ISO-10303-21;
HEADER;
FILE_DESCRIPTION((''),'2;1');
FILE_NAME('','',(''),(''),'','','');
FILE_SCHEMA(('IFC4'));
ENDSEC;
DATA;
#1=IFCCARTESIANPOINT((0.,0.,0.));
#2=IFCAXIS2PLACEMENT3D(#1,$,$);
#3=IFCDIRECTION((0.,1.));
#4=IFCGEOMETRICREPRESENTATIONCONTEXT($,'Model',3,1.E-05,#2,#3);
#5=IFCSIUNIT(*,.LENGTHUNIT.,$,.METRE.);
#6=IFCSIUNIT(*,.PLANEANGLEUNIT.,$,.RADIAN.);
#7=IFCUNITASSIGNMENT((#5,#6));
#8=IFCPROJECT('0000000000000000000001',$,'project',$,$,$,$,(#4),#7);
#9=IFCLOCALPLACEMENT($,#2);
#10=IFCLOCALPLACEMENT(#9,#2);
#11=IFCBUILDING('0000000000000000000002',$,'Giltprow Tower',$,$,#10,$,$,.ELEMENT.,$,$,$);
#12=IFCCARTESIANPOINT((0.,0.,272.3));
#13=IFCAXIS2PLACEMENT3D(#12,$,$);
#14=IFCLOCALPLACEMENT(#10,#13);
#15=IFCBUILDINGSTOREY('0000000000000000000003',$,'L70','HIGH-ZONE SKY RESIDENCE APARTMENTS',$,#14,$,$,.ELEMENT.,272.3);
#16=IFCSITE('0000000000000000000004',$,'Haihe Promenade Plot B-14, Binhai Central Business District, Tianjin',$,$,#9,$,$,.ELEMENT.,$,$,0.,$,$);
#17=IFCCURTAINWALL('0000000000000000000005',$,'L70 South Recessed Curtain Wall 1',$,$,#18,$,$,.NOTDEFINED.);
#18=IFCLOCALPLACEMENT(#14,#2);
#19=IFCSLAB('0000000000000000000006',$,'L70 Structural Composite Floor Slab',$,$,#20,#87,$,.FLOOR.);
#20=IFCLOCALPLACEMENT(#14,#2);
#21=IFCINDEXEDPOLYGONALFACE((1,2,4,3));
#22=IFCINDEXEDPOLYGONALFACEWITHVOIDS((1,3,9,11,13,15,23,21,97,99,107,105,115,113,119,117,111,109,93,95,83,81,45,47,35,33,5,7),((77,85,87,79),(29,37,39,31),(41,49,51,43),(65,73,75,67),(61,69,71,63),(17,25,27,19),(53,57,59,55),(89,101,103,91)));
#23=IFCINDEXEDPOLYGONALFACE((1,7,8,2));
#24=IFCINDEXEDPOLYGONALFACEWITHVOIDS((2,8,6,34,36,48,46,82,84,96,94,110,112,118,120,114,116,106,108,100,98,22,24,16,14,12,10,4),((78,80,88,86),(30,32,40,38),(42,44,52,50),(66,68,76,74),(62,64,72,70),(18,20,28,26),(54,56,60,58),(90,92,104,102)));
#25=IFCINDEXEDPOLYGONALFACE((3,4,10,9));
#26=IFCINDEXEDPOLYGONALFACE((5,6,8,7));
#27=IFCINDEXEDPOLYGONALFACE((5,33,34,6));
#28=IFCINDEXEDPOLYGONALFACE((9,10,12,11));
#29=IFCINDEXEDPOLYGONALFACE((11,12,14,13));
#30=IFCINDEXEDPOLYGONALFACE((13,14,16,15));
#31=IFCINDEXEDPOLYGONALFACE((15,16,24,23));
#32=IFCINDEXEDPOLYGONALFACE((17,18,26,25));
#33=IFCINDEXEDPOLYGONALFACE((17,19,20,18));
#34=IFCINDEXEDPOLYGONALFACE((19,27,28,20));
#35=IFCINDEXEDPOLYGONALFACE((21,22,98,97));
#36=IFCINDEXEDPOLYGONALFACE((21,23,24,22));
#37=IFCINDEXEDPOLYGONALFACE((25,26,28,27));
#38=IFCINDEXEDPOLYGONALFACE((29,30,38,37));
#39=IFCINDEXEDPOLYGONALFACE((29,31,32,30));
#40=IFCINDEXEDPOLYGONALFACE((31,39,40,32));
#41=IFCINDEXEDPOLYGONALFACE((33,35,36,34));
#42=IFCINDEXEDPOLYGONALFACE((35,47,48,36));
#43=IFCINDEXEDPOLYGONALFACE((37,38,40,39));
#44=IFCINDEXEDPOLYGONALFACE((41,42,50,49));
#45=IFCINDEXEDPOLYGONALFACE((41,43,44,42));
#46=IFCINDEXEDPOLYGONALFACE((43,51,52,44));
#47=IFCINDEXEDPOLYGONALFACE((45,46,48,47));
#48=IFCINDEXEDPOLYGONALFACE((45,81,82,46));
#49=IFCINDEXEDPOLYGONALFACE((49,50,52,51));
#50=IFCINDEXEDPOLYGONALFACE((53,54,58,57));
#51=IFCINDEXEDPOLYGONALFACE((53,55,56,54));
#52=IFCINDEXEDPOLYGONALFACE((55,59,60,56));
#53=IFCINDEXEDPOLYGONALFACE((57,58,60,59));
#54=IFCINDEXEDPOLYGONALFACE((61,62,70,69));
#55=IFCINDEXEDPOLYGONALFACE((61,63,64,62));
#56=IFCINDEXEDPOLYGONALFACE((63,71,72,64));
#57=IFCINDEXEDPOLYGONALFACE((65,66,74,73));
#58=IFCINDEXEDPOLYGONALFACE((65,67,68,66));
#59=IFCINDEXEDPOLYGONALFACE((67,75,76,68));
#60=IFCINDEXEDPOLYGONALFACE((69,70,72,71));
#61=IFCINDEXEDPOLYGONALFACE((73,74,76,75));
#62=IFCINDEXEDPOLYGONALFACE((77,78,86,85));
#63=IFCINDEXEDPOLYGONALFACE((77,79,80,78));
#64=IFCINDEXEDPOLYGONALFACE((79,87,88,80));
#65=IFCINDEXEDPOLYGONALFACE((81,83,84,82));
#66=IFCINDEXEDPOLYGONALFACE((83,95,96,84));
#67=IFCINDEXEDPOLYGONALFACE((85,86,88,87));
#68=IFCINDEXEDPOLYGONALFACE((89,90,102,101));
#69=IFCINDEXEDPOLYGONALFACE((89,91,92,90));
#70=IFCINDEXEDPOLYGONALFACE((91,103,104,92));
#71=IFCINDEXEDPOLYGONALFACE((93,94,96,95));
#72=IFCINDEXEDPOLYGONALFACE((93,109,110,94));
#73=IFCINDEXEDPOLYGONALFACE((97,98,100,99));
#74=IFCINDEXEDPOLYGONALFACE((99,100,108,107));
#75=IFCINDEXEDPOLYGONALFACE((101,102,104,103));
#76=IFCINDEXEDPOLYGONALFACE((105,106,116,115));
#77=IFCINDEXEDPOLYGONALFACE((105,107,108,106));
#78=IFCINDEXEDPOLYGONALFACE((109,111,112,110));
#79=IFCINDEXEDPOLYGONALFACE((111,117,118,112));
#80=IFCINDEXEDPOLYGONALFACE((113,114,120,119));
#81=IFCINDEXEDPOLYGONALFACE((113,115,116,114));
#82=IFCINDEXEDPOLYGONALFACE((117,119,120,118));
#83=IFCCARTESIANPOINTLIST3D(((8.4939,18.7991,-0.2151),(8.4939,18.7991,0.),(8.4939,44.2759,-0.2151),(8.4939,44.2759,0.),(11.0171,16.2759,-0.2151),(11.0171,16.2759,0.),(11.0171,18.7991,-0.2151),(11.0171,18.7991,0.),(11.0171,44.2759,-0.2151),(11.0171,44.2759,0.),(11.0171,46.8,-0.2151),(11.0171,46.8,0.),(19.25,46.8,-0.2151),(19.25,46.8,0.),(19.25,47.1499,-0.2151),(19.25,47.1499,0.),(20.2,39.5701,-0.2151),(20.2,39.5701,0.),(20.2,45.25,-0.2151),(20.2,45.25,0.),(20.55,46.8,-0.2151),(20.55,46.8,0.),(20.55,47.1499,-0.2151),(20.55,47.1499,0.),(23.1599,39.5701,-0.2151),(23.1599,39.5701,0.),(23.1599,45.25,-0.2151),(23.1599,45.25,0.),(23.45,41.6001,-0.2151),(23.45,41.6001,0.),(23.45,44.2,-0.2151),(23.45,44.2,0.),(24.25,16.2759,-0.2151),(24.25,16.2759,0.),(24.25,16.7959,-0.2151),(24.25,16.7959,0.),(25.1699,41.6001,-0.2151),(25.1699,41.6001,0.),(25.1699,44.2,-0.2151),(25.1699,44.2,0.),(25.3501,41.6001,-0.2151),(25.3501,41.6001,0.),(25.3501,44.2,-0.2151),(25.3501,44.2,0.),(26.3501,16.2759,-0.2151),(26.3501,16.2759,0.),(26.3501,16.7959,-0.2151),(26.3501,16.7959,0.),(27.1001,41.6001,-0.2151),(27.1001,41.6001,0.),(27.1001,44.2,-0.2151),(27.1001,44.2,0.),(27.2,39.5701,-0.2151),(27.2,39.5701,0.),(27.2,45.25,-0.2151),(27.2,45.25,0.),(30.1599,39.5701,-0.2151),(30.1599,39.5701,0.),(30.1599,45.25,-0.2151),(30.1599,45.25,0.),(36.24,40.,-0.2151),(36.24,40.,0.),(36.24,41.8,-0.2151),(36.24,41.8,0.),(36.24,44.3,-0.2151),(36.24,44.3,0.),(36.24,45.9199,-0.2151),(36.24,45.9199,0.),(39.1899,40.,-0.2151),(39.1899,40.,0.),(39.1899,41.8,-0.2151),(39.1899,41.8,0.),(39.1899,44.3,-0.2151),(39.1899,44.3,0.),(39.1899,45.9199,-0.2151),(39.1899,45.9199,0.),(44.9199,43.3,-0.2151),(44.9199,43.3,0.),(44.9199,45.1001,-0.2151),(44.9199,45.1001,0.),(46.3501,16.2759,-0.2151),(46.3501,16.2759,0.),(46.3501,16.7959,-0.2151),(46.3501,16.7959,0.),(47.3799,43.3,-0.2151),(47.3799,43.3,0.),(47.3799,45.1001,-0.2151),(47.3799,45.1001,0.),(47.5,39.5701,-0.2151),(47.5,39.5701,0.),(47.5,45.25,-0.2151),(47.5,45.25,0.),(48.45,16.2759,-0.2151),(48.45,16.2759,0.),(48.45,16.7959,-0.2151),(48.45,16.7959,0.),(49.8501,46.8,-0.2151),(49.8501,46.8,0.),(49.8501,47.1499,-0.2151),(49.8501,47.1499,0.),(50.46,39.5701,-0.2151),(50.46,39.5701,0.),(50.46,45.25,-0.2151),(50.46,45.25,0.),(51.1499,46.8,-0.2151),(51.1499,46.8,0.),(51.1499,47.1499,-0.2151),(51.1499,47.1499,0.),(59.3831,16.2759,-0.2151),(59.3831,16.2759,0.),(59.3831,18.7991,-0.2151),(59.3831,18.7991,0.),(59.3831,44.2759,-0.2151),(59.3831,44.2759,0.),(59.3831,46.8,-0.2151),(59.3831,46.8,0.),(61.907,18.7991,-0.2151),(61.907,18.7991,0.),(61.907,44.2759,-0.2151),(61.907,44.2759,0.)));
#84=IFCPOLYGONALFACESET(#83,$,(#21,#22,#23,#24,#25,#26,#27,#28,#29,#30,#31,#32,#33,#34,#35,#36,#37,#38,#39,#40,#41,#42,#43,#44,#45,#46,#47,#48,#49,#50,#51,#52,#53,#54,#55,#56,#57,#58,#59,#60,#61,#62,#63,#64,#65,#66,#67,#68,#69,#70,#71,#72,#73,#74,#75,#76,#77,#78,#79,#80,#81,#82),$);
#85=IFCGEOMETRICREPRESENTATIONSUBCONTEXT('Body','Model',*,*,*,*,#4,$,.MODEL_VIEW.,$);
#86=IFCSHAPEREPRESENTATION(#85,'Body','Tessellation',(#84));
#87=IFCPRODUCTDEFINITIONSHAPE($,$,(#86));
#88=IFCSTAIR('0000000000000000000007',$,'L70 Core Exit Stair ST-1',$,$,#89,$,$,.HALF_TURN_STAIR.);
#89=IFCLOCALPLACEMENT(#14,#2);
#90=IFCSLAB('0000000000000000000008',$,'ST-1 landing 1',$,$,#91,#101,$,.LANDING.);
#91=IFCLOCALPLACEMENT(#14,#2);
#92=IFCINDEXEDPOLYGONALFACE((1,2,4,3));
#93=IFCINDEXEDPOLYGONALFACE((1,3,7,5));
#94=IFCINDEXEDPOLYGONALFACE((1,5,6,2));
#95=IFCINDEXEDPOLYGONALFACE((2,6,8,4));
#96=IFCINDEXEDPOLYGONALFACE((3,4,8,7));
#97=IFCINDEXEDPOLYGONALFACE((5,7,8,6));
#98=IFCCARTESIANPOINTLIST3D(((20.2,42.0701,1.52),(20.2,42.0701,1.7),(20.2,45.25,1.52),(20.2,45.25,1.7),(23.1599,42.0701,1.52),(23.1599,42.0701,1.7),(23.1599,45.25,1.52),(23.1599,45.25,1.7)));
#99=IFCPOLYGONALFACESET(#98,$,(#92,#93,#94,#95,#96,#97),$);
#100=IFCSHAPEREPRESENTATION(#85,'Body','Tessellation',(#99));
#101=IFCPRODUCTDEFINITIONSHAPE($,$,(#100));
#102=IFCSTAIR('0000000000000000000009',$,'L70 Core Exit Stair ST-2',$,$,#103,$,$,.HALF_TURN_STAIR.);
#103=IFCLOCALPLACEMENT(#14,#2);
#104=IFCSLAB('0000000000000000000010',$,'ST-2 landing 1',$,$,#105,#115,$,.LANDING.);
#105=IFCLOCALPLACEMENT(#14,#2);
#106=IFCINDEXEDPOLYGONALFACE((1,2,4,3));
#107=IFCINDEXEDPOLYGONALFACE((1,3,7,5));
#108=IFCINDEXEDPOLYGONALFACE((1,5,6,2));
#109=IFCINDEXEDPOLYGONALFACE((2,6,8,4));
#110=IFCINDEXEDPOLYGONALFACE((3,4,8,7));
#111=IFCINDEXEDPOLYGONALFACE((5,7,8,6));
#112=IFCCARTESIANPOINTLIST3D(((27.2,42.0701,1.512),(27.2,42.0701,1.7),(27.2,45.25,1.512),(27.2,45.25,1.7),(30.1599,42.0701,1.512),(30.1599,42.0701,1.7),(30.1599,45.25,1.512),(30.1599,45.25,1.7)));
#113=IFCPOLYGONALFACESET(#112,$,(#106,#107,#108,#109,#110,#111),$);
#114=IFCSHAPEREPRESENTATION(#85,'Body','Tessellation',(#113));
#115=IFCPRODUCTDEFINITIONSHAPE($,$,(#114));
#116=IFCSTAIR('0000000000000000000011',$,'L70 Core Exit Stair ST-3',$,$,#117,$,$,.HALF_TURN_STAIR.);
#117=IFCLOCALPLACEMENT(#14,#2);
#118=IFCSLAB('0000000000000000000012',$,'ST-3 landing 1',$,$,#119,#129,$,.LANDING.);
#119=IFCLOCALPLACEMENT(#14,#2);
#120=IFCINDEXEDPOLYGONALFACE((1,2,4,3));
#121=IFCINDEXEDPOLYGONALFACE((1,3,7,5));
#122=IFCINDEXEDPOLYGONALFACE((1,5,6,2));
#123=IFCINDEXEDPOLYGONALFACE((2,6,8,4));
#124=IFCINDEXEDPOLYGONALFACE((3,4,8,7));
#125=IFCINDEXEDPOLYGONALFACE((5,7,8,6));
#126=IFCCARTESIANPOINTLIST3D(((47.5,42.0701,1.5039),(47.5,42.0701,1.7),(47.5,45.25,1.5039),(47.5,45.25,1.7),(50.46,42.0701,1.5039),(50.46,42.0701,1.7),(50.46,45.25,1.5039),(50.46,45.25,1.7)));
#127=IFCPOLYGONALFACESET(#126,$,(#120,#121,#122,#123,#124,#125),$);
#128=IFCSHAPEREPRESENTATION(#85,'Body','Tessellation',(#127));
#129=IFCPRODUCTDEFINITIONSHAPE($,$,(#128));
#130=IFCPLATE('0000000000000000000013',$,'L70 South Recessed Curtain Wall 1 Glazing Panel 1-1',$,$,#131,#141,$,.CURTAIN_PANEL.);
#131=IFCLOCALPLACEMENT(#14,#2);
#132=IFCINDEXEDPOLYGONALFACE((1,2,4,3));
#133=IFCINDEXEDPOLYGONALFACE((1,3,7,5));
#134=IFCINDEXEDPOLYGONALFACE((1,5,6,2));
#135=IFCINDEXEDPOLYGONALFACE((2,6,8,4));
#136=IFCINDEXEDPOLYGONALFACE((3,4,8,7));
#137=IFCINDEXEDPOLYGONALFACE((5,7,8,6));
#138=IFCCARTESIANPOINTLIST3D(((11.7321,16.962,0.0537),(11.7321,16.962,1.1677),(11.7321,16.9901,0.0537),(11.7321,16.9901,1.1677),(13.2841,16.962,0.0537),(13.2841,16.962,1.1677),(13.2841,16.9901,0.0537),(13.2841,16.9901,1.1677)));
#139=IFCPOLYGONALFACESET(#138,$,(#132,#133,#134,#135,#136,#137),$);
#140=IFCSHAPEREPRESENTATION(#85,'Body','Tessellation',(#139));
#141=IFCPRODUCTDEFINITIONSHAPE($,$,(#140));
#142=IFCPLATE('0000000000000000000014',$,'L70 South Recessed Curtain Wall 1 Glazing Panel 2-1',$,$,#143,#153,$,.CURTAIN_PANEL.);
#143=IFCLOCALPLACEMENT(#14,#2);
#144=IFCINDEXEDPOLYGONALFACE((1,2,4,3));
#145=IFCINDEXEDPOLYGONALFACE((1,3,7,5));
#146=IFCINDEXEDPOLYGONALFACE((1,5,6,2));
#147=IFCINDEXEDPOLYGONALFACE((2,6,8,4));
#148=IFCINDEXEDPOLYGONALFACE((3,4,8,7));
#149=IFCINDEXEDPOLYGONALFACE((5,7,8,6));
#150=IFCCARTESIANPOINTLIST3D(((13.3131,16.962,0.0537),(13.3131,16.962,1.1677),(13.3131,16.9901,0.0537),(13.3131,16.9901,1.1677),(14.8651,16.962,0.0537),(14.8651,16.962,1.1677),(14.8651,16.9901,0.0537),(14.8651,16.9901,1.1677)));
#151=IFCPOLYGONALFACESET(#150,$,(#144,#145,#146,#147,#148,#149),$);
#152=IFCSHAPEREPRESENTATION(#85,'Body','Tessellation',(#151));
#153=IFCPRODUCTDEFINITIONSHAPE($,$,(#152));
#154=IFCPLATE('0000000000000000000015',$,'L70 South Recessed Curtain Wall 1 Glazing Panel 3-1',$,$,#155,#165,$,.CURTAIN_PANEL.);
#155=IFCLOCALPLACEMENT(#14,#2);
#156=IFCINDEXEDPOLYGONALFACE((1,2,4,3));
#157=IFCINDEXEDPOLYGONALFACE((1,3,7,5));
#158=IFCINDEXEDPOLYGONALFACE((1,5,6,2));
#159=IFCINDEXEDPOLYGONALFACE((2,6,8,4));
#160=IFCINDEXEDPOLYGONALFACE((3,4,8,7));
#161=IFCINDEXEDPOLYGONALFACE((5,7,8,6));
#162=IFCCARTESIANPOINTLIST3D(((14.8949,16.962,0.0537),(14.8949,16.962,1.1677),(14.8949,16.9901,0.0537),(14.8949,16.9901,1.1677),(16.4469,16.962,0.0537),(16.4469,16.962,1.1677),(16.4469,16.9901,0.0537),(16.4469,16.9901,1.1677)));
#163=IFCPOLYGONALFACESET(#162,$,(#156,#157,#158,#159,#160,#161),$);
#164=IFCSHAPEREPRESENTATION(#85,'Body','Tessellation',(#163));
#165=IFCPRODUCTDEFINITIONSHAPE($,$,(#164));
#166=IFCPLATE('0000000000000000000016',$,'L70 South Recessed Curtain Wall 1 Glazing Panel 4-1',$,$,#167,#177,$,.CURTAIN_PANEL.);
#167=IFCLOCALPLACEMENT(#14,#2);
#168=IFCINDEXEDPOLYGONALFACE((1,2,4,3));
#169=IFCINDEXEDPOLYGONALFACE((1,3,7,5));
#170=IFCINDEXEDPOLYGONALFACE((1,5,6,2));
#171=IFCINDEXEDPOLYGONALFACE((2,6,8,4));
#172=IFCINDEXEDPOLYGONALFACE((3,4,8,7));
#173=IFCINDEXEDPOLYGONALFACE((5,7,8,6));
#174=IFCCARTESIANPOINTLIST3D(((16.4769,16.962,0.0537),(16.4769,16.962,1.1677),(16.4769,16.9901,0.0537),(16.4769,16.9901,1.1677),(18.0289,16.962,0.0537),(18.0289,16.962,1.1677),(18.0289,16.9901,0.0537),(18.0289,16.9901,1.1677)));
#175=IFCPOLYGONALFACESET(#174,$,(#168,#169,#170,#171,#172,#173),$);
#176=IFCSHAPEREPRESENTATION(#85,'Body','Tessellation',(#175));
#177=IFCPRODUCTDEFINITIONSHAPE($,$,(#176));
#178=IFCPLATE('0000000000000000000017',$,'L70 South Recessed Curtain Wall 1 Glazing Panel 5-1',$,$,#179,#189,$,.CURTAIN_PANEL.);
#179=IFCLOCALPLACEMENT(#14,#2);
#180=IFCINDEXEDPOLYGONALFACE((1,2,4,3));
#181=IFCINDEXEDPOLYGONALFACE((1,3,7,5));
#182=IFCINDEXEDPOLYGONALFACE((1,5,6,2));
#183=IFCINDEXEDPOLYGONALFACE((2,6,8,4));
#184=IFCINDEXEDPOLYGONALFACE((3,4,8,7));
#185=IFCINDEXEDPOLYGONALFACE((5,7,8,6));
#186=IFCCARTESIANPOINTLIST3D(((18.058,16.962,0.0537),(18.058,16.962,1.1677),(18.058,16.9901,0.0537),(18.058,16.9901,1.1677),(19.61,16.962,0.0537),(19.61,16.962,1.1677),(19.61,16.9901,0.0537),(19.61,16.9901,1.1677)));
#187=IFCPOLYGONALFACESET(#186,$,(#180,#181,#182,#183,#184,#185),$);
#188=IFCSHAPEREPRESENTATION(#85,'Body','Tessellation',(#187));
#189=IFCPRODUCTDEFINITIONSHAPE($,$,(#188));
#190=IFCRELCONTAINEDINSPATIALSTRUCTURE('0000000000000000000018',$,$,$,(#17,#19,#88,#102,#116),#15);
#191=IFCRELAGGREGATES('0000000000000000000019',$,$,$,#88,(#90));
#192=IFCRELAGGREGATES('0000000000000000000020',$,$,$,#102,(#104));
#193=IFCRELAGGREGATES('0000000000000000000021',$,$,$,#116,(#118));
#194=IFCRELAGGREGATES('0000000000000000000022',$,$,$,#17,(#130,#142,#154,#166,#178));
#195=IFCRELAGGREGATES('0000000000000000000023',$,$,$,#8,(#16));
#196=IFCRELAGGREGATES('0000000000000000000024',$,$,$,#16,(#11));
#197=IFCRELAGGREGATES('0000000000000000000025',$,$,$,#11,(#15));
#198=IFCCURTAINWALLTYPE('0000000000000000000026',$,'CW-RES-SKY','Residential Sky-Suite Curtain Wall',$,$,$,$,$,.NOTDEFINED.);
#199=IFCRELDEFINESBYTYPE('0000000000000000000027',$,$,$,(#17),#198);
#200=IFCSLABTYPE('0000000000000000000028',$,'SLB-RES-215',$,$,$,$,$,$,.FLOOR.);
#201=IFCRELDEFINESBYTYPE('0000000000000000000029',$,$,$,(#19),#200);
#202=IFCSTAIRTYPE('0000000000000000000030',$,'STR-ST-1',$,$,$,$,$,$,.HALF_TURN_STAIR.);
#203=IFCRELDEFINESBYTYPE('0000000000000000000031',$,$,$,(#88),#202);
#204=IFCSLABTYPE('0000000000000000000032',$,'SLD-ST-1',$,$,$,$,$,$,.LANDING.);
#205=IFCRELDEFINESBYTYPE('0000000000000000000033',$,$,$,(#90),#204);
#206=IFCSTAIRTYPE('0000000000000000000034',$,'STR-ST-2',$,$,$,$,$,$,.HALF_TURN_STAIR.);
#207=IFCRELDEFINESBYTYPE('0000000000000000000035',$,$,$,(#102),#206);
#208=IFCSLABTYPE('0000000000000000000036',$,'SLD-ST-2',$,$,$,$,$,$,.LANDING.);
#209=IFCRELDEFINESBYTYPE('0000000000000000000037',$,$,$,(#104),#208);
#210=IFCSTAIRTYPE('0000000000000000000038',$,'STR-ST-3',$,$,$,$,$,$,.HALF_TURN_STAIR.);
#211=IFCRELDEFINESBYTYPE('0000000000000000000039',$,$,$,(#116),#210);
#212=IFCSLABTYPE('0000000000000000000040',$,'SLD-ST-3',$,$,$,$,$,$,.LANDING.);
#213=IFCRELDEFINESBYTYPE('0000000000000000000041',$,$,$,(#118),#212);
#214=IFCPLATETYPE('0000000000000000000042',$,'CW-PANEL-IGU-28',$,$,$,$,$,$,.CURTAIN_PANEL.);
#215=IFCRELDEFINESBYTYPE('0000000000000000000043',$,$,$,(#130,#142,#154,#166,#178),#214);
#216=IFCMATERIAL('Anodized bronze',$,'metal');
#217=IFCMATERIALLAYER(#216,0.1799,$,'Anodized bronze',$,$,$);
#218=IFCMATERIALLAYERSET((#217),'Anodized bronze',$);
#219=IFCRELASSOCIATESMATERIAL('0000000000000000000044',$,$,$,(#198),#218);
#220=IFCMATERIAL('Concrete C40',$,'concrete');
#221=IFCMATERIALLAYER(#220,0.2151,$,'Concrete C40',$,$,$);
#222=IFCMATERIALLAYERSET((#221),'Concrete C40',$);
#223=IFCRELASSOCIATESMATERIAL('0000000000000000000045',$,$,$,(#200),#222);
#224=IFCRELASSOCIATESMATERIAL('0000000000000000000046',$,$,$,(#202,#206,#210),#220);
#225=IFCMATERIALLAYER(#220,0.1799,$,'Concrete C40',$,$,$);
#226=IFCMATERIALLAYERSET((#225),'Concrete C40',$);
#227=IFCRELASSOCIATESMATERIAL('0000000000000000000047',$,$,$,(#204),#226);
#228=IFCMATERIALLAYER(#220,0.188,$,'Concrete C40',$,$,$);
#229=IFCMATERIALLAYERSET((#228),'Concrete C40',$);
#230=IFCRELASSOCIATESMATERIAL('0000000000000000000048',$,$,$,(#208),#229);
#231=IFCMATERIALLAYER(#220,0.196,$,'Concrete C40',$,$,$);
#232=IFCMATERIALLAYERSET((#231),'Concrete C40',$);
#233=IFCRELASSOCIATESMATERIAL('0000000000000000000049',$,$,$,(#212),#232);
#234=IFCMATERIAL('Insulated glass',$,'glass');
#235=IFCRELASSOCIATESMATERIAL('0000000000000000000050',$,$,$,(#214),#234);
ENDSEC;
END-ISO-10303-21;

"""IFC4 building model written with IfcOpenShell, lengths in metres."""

from ifc_helpers import new_model, si_unit, direction, frame, origin, origin_2d, place, context, subcontext, project, spatial, polyline, rectangle, outline, extrude, source, transform, mapped, material, layer, layer_set, type_object, element, aggregate, save


model = new_model("IFC4")

# Units and contexts
model_context = context("Model", 3, precision=1e-05, world=origin(), true_north=direction((0.0, 1.0)))
body_context = subcontext(model_context, "Body", "Model", "MODEL_VIEW")
ifc_project = project(units=[si_unit("LENGTHUNIT", "METRE"), si_unit("PLANEANGLEUNIT", "RADIAN")], contexts=[model_context])

# Site, building, storey
site_placement = place(None, origin())
site = spatial("IfcSite", under=ifc_project, at=site_placement, Name="Haihe Promenade Plot B-14, Binhai Central Business District, Tianjin", CompositionType="ELEMENT", RefElevation=0.0)
building_placement = place(site_placement, origin())
building = spatial("IfcBuilding", under=site, at=building_placement, Name="Giltprow Tower", CompositionType="ELEMENT")
storey_placement = place(building_placement, frame((0.0, 0.0, 272.3)))
storey = spatial("IfcBuildingStorey", under=building, at=storey_placement, Name="L70", Description="HIGH-ZONE SKY RESIDENCE APARTMENTS", CompositionType="ELEMENT", Elevation=272.3)

# Curtain wall
ifc_material_1 = material(Name="Anodized bronze", Category="metal")
ifc_layer_1 = layer(ifc_material_1, 0.1799, Name="Anodized bronze")
ifc_layer_set_1 = layer_set([ifc_layer_1], Name="Anodized bronze")
curtain_wall_type = type_object("IfcCurtainWallType", Name="CW-RES-SKY", Description="Residential Sky-Suite Curtain Wall", PredefinedType="NOTDEFINED", material=ifc_layer_set_1)
curtain_wall_placement = place(storey_placement, origin())
curtain_wall = element("IfcCurtainWall", 1, at=curtain_wall_placement, inside=storey, type_object=curtain_wall_type, Name="L70 South Recessed Curtain Wall 1", PredefinedType="NOTDEFINED")

# Slab
ifc_material_2 = material(Name="Concrete C40", Category="concrete")
ifc_layer_2 = layer(ifc_material_2, 0.2151, Name="Concrete C40")
ifc_layer_set_2 = layer_set([ifc_layer_2], Name="Concrete C40")
slab_type_1 = type_object("IfcSlabType", Name="SLB-RES-215", PredefinedType="FLOOR", material=ifc_layer_set_2)
slab_1_placement = place(storey_placement, frame((0.0, 0.0, -0.2151)))
element("IfcSlab", 2, at=slab_1_placement, inside=storey, type_object=slab_type_1, Name="L70 Structural Composite Floor Slab", PredefinedType="FLOOR", context=body_context, shape_type="SweptSolid", body=[
    extrude(outline(polyline([(61.907, 44.2759), (61.907, 18.7991), (59.3831, 18.7991), (59.3831, 16.2759), (48.45, 16.2759), (48.45, 16.7959), (46.3501, 16.7959), (46.3501, 16.2759), (26.3501, 16.2759), (26.3501, 16.7959), (24.25, 16.7959), (24.25, 16.2759), (11.0171, 16.2759), (11.0171, 18.7991), (8.4939, 18.7991), (8.4939, 44.2759), (11.0171, 44.2759), (11.0171, 46.8), (19.25, 46.8), (19.25, 47.1499), (20.55, 47.1499), (20.55, 46.8), (49.8501, 46.8), (49.8501, 47.1499), (51.1499, 47.1499), (51.1499, 46.8), (59.3831, 46.8), (59.3831, 44.2759), (61.907, 44.2759)]), holes=[polyline([(39.1899, 41.8), (36.24, 41.8), (36.24, 40.0), (39.1899, 40.0), (39.1899, 41.8)]), polyline([(23.1599, 39.5701), (23.1599, 45.25), (20.2, 45.25), (20.2, 39.5701), (23.1599, 39.5701)]), polyline([(30.1599, 39.5701), (30.1599, 45.25), (27.2, 45.25), (27.2, 39.5701), (30.1599, 39.5701)]), polyline([(50.46, 45.25), (47.5, 45.25), (47.5, 39.5701), (50.46, 39.5701), (50.46, 45.25)]), polyline([(25.1699, 44.2), (23.45, 44.2), (23.45, 41.6001), (25.1699, 41.6001), (25.1699, 44.2)]), polyline([(27.1001, 44.2), (25.3501, 44.2), (25.3501, 41.6001), (27.1001, 41.6001), (27.1001, 44.2)]), polyline([(47.3799, 43.3), (47.3799, 45.1001), (44.9199, 45.1001), (44.9199, 43.3), (47.3799, 43.3)]), polyline([(39.1899, 44.3), (39.1899, 45.9199), (36.24, 45.9199), (36.24, 44.3), (39.1899, 44.3)])]), origin(), (0.0, 0.0, 1.0), 0.2151),
])

# Stairs, slabs
stair_type_1 = type_object("IfcStairType", Name="STR-ST-1", PredefinedType="HALF_TURN_STAIR", material=ifc_material_2)
stair_1_placement = place(storey_placement, origin())
stair_1 = element("IfcStair", 3, at=stair_1_placement, inside=storey, type_object=stair_type_1, Name="L70 Core Exit Stair ST-1", PredefinedType="HALF_TURN_STAIR")
ifc_layer_3 = layer(ifc_material_2, 0.1799, Name="Concrete C40")
ifc_layer_set_3 = layer_set([ifc_layer_3], Name="Concrete C40")
slab_type_2 = type_object("IfcSlabType", Name="SLD-ST-1", PredefinedType="LANDING", material=ifc_layer_set_3)
slab_2_placement = place(storey_placement, frame((0.0, 0.0, 1.52)))
slab_2 = element("IfcSlab", 4, at=slab_2_placement, type_object=slab_type_2, Name="ST-1 landing 1", PredefinedType="LANDING", context=body_context, shape_type="SweptSolid", body=[
    extrude(outline(polyline([(23.1599, 42.0701), (23.1599, 45.25), (20.2, 45.25), (20.2, 42.0701), (23.1599, 42.0701)])), origin(), (0.0, 0.0, 1.0), 0.1799),
])
aggregate(stair_1, [slab_2])
stair_type_2 = type_object("IfcStairType", Name="STR-ST-2", PredefinedType="HALF_TURN_STAIR", material=ifc_material_2)
stair_2_placement = place(storey_placement, origin())
stair_2 = element("IfcStair", 5, at=stair_2_placement, inside=storey, type_object=stair_type_2, Name="L70 Core Exit Stair ST-2", PredefinedType="HALF_TURN_STAIR")
ifc_layer_4 = layer(ifc_material_2, 0.188, Name="Concrete C40")
ifc_layer_set_4 = layer_set([ifc_layer_4], Name="Concrete C40")
slab_type_3 = type_object("IfcSlabType", Name="SLD-ST-2", PredefinedType="LANDING", material=ifc_layer_set_4)
slab_3_placement = place(storey_placement, frame((0.0, 0.0, 1.512)))
slab_3 = element("IfcSlab", 6, at=slab_3_placement, type_object=slab_type_3, Name="ST-2 landing 1", PredefinedType="LANDING", context=body_context, shape_type="SweptSolid", body=[
    extrude(outline(polyline([(30.1599, 42.0701), (30.1599, 45.25), (27.2, 45.25), (27.2, 42.0701), (30.1599, 42.0701)])), origin(), (0.0, 0.0, 1.0), 0.188),
])
aggregate(stair_2, [slab_3])
stair_type_3 = type_object("IfcStairType", Name="STR-ST-3", PredefinedType="HALF_TURN_STAIR", material=ifc_material_2)
stair_3_placement = place(storey_placement, origin())
stair_3 = element("IfcStair", 7, at=stair_3_placement, inside=storey, type_object=stair_type_3, Name="L70 Core Exit Stair ST-3", PredefinedType="HALF_TURN_STAIR")
ifc_layer_5 = layer(ifc_material_2, 0.196, Name="Concrete C40")
ifc_layer_set_5 = layer_set([ifc_layer_5], Name="Concrete C40")
slab_type_4 = type_object("IfcSlabType", Name="SLD-ST-3", PredefinedType="LANDING", material=ifc_layer_set_5)
slab_4_placement = place(storey_placement, frame((0.0, 0.0, 1.5039)))
slab_4 = element("IfcSlab", 8, at=slab_4_placement, type_object=slab_type_4, Name="ST-3 landing 1", PredefinedType="LANDING", context=body_context, shape_type="SweptSolid", body=[
    extrude(outline(polyline([(50.46, 42.0701), (50.46, 45.25), (47.5, 45.25), (47.5, 42.0701), (50.46, 42.0701)])), origin(), (0.0, 0.0, 1.0), 0.196),
])
aggregate(stair_3, [slab_4])

# Plates
ifc_material_3 = material(Name="Insulated glass", Category="glass")
plate_type = type_object("IfcPlateType", Name="CW-PANEL-IGU-28", PredefinedType="CURTAIN_PANEL", material=ifc_material_3)
shared_shape_1 = source(origin(), body_context, "Body", "SweptSolid", [
    extrude(rectangle(XDim=1.552, YDim=0.0281, at=origin_2d()), origin(), (0.0, 0.0, 1.0), 1.114),
])
plate_1_placement = place(storey_placement, frame((12.5081, 16.9761, 0.0537), z_axis=(0.0, 0.0, 1.0), x_axis=(1.0, 0.0, 0.0)))
plate_1 = element("IfcPlate", 9, at=plate_1_placement, type_object=plate_type, Name="L70 South Recessed Curtain Wall 1 Glazing Panel 1-1", PredefinedType="CURTAIN_PANEL", context=body_context, shape_type="MappedRepresentation", body=[
    mapped(shared_shape_1, transform((0.0, 0.0, 0.0), x_axis=(1.0, 0.0, 0.0), y_axis=(0.0, 1.0, 0.0), z_axis=(0.0, 0.0, 1.0), scale=1.0)),
])
plate_2_placement = place(storey_placement, frame((14.0891, 16.9761, 0.0537), z_axis=(0.0, 0.0, 1.0), x_axis=(1.0, 0.0, 0.0)))
plate_2 = element("IfcPlate", 10, at=plate_2_placement, type_object=plate_type, Name="L70 South Recessed Curtain Wall 1 Glazing Panel 2-1", PredefinedType="CURTAIN_PANEL", context=body_context, shape_type="MappedRepresentation", body=[
    mapped(shared_shape_1, transform((0.0, 0.0, 0.0), x_axis=(1.0, 0.0, 0.0), y_axis=(0.0, 1.0, 0.0), z_axis=(0.0, 0.0, 1.0), scale=1.0)),
])
plate_3_placement = place(storey_placement, frame((15.6709, 16.9761, 0.0537), z_axis=(0.0, 0.0, 1.0), x_axis=(1.0, 0.0, 0.0)))
plate_3 = element("IfcPlate", 11, at=plate_3_placement, type_object=plate_type, Name="L70 South Recessed Curtain Wall 1 Glazing Panel 3-1", PredefinedType="CURTAIN_PANEL", context=body_context, shape_type="MappedRepresentation", body=[
    mapped(shared_shape_1, transform((0.0, 0.0, 0.0), x_axis=(1.0, 0.0, 0.0), y_axis=(0.0, 1.0, 0.0), z_axis=(0.0, 0.0, 1.0), scale=1.0)),
])
plate_4_placement = place(storey_placement, frame((17.2529, 16.9761, 0.0537), z_axis=(0.0, 0.0, 1.0), x_axis=(1.0, 0.0, 0.0)))
plate_4 = element("IfcPlate", 12, at=plate_4_placement, type_object=plate_type, Name="L70 South Recessed Curtain Wall 1 Glazing Panel 4-1", PredefinedType="CURTAIN_PANEL", context=body_context, shape_type="MappedRepresentation", body=[
    mapped(shared_shape_1, transform((0.0, 0.0, 0.0), x_axis=(1.0, 0.0, 0.0), y_axis=(0.0, 1.0, 0.0), z_axis=(0.0, 0.0, 1.0), scale=1.0)),
])
plate_5_placement = place(storey_placement, frame((18.834, 16.9761, 0.0537), z_axis=(0.0, 0.0, 1.0), x_axis=(1.0, 0.0, 0.0)))
plate_5 = element("IfcPlate", 13, at=plate_5_placement, type_object=plate_type, Name="L70 South Recessed Curtain Wall 1 Glazing Panel 5-1", PredefinedType="CURTAIN_PANEL", context=body_context, shape_type="MappedRepresentation", body=[
    mapped(shared_shape_1, transform((0.0, 0.0, 0.0), x_axis=(1.0, 0.0, 0.0), y_axis=(0.0, 1.0, 0.0), z_axis=(0.0, 0.0, 1.0), scale=1.0)),
])
aggregate(curtain_wall, [plate_1, plate_2, plate_3, plate_4, plate_5])

save(model, "model.ifc")
